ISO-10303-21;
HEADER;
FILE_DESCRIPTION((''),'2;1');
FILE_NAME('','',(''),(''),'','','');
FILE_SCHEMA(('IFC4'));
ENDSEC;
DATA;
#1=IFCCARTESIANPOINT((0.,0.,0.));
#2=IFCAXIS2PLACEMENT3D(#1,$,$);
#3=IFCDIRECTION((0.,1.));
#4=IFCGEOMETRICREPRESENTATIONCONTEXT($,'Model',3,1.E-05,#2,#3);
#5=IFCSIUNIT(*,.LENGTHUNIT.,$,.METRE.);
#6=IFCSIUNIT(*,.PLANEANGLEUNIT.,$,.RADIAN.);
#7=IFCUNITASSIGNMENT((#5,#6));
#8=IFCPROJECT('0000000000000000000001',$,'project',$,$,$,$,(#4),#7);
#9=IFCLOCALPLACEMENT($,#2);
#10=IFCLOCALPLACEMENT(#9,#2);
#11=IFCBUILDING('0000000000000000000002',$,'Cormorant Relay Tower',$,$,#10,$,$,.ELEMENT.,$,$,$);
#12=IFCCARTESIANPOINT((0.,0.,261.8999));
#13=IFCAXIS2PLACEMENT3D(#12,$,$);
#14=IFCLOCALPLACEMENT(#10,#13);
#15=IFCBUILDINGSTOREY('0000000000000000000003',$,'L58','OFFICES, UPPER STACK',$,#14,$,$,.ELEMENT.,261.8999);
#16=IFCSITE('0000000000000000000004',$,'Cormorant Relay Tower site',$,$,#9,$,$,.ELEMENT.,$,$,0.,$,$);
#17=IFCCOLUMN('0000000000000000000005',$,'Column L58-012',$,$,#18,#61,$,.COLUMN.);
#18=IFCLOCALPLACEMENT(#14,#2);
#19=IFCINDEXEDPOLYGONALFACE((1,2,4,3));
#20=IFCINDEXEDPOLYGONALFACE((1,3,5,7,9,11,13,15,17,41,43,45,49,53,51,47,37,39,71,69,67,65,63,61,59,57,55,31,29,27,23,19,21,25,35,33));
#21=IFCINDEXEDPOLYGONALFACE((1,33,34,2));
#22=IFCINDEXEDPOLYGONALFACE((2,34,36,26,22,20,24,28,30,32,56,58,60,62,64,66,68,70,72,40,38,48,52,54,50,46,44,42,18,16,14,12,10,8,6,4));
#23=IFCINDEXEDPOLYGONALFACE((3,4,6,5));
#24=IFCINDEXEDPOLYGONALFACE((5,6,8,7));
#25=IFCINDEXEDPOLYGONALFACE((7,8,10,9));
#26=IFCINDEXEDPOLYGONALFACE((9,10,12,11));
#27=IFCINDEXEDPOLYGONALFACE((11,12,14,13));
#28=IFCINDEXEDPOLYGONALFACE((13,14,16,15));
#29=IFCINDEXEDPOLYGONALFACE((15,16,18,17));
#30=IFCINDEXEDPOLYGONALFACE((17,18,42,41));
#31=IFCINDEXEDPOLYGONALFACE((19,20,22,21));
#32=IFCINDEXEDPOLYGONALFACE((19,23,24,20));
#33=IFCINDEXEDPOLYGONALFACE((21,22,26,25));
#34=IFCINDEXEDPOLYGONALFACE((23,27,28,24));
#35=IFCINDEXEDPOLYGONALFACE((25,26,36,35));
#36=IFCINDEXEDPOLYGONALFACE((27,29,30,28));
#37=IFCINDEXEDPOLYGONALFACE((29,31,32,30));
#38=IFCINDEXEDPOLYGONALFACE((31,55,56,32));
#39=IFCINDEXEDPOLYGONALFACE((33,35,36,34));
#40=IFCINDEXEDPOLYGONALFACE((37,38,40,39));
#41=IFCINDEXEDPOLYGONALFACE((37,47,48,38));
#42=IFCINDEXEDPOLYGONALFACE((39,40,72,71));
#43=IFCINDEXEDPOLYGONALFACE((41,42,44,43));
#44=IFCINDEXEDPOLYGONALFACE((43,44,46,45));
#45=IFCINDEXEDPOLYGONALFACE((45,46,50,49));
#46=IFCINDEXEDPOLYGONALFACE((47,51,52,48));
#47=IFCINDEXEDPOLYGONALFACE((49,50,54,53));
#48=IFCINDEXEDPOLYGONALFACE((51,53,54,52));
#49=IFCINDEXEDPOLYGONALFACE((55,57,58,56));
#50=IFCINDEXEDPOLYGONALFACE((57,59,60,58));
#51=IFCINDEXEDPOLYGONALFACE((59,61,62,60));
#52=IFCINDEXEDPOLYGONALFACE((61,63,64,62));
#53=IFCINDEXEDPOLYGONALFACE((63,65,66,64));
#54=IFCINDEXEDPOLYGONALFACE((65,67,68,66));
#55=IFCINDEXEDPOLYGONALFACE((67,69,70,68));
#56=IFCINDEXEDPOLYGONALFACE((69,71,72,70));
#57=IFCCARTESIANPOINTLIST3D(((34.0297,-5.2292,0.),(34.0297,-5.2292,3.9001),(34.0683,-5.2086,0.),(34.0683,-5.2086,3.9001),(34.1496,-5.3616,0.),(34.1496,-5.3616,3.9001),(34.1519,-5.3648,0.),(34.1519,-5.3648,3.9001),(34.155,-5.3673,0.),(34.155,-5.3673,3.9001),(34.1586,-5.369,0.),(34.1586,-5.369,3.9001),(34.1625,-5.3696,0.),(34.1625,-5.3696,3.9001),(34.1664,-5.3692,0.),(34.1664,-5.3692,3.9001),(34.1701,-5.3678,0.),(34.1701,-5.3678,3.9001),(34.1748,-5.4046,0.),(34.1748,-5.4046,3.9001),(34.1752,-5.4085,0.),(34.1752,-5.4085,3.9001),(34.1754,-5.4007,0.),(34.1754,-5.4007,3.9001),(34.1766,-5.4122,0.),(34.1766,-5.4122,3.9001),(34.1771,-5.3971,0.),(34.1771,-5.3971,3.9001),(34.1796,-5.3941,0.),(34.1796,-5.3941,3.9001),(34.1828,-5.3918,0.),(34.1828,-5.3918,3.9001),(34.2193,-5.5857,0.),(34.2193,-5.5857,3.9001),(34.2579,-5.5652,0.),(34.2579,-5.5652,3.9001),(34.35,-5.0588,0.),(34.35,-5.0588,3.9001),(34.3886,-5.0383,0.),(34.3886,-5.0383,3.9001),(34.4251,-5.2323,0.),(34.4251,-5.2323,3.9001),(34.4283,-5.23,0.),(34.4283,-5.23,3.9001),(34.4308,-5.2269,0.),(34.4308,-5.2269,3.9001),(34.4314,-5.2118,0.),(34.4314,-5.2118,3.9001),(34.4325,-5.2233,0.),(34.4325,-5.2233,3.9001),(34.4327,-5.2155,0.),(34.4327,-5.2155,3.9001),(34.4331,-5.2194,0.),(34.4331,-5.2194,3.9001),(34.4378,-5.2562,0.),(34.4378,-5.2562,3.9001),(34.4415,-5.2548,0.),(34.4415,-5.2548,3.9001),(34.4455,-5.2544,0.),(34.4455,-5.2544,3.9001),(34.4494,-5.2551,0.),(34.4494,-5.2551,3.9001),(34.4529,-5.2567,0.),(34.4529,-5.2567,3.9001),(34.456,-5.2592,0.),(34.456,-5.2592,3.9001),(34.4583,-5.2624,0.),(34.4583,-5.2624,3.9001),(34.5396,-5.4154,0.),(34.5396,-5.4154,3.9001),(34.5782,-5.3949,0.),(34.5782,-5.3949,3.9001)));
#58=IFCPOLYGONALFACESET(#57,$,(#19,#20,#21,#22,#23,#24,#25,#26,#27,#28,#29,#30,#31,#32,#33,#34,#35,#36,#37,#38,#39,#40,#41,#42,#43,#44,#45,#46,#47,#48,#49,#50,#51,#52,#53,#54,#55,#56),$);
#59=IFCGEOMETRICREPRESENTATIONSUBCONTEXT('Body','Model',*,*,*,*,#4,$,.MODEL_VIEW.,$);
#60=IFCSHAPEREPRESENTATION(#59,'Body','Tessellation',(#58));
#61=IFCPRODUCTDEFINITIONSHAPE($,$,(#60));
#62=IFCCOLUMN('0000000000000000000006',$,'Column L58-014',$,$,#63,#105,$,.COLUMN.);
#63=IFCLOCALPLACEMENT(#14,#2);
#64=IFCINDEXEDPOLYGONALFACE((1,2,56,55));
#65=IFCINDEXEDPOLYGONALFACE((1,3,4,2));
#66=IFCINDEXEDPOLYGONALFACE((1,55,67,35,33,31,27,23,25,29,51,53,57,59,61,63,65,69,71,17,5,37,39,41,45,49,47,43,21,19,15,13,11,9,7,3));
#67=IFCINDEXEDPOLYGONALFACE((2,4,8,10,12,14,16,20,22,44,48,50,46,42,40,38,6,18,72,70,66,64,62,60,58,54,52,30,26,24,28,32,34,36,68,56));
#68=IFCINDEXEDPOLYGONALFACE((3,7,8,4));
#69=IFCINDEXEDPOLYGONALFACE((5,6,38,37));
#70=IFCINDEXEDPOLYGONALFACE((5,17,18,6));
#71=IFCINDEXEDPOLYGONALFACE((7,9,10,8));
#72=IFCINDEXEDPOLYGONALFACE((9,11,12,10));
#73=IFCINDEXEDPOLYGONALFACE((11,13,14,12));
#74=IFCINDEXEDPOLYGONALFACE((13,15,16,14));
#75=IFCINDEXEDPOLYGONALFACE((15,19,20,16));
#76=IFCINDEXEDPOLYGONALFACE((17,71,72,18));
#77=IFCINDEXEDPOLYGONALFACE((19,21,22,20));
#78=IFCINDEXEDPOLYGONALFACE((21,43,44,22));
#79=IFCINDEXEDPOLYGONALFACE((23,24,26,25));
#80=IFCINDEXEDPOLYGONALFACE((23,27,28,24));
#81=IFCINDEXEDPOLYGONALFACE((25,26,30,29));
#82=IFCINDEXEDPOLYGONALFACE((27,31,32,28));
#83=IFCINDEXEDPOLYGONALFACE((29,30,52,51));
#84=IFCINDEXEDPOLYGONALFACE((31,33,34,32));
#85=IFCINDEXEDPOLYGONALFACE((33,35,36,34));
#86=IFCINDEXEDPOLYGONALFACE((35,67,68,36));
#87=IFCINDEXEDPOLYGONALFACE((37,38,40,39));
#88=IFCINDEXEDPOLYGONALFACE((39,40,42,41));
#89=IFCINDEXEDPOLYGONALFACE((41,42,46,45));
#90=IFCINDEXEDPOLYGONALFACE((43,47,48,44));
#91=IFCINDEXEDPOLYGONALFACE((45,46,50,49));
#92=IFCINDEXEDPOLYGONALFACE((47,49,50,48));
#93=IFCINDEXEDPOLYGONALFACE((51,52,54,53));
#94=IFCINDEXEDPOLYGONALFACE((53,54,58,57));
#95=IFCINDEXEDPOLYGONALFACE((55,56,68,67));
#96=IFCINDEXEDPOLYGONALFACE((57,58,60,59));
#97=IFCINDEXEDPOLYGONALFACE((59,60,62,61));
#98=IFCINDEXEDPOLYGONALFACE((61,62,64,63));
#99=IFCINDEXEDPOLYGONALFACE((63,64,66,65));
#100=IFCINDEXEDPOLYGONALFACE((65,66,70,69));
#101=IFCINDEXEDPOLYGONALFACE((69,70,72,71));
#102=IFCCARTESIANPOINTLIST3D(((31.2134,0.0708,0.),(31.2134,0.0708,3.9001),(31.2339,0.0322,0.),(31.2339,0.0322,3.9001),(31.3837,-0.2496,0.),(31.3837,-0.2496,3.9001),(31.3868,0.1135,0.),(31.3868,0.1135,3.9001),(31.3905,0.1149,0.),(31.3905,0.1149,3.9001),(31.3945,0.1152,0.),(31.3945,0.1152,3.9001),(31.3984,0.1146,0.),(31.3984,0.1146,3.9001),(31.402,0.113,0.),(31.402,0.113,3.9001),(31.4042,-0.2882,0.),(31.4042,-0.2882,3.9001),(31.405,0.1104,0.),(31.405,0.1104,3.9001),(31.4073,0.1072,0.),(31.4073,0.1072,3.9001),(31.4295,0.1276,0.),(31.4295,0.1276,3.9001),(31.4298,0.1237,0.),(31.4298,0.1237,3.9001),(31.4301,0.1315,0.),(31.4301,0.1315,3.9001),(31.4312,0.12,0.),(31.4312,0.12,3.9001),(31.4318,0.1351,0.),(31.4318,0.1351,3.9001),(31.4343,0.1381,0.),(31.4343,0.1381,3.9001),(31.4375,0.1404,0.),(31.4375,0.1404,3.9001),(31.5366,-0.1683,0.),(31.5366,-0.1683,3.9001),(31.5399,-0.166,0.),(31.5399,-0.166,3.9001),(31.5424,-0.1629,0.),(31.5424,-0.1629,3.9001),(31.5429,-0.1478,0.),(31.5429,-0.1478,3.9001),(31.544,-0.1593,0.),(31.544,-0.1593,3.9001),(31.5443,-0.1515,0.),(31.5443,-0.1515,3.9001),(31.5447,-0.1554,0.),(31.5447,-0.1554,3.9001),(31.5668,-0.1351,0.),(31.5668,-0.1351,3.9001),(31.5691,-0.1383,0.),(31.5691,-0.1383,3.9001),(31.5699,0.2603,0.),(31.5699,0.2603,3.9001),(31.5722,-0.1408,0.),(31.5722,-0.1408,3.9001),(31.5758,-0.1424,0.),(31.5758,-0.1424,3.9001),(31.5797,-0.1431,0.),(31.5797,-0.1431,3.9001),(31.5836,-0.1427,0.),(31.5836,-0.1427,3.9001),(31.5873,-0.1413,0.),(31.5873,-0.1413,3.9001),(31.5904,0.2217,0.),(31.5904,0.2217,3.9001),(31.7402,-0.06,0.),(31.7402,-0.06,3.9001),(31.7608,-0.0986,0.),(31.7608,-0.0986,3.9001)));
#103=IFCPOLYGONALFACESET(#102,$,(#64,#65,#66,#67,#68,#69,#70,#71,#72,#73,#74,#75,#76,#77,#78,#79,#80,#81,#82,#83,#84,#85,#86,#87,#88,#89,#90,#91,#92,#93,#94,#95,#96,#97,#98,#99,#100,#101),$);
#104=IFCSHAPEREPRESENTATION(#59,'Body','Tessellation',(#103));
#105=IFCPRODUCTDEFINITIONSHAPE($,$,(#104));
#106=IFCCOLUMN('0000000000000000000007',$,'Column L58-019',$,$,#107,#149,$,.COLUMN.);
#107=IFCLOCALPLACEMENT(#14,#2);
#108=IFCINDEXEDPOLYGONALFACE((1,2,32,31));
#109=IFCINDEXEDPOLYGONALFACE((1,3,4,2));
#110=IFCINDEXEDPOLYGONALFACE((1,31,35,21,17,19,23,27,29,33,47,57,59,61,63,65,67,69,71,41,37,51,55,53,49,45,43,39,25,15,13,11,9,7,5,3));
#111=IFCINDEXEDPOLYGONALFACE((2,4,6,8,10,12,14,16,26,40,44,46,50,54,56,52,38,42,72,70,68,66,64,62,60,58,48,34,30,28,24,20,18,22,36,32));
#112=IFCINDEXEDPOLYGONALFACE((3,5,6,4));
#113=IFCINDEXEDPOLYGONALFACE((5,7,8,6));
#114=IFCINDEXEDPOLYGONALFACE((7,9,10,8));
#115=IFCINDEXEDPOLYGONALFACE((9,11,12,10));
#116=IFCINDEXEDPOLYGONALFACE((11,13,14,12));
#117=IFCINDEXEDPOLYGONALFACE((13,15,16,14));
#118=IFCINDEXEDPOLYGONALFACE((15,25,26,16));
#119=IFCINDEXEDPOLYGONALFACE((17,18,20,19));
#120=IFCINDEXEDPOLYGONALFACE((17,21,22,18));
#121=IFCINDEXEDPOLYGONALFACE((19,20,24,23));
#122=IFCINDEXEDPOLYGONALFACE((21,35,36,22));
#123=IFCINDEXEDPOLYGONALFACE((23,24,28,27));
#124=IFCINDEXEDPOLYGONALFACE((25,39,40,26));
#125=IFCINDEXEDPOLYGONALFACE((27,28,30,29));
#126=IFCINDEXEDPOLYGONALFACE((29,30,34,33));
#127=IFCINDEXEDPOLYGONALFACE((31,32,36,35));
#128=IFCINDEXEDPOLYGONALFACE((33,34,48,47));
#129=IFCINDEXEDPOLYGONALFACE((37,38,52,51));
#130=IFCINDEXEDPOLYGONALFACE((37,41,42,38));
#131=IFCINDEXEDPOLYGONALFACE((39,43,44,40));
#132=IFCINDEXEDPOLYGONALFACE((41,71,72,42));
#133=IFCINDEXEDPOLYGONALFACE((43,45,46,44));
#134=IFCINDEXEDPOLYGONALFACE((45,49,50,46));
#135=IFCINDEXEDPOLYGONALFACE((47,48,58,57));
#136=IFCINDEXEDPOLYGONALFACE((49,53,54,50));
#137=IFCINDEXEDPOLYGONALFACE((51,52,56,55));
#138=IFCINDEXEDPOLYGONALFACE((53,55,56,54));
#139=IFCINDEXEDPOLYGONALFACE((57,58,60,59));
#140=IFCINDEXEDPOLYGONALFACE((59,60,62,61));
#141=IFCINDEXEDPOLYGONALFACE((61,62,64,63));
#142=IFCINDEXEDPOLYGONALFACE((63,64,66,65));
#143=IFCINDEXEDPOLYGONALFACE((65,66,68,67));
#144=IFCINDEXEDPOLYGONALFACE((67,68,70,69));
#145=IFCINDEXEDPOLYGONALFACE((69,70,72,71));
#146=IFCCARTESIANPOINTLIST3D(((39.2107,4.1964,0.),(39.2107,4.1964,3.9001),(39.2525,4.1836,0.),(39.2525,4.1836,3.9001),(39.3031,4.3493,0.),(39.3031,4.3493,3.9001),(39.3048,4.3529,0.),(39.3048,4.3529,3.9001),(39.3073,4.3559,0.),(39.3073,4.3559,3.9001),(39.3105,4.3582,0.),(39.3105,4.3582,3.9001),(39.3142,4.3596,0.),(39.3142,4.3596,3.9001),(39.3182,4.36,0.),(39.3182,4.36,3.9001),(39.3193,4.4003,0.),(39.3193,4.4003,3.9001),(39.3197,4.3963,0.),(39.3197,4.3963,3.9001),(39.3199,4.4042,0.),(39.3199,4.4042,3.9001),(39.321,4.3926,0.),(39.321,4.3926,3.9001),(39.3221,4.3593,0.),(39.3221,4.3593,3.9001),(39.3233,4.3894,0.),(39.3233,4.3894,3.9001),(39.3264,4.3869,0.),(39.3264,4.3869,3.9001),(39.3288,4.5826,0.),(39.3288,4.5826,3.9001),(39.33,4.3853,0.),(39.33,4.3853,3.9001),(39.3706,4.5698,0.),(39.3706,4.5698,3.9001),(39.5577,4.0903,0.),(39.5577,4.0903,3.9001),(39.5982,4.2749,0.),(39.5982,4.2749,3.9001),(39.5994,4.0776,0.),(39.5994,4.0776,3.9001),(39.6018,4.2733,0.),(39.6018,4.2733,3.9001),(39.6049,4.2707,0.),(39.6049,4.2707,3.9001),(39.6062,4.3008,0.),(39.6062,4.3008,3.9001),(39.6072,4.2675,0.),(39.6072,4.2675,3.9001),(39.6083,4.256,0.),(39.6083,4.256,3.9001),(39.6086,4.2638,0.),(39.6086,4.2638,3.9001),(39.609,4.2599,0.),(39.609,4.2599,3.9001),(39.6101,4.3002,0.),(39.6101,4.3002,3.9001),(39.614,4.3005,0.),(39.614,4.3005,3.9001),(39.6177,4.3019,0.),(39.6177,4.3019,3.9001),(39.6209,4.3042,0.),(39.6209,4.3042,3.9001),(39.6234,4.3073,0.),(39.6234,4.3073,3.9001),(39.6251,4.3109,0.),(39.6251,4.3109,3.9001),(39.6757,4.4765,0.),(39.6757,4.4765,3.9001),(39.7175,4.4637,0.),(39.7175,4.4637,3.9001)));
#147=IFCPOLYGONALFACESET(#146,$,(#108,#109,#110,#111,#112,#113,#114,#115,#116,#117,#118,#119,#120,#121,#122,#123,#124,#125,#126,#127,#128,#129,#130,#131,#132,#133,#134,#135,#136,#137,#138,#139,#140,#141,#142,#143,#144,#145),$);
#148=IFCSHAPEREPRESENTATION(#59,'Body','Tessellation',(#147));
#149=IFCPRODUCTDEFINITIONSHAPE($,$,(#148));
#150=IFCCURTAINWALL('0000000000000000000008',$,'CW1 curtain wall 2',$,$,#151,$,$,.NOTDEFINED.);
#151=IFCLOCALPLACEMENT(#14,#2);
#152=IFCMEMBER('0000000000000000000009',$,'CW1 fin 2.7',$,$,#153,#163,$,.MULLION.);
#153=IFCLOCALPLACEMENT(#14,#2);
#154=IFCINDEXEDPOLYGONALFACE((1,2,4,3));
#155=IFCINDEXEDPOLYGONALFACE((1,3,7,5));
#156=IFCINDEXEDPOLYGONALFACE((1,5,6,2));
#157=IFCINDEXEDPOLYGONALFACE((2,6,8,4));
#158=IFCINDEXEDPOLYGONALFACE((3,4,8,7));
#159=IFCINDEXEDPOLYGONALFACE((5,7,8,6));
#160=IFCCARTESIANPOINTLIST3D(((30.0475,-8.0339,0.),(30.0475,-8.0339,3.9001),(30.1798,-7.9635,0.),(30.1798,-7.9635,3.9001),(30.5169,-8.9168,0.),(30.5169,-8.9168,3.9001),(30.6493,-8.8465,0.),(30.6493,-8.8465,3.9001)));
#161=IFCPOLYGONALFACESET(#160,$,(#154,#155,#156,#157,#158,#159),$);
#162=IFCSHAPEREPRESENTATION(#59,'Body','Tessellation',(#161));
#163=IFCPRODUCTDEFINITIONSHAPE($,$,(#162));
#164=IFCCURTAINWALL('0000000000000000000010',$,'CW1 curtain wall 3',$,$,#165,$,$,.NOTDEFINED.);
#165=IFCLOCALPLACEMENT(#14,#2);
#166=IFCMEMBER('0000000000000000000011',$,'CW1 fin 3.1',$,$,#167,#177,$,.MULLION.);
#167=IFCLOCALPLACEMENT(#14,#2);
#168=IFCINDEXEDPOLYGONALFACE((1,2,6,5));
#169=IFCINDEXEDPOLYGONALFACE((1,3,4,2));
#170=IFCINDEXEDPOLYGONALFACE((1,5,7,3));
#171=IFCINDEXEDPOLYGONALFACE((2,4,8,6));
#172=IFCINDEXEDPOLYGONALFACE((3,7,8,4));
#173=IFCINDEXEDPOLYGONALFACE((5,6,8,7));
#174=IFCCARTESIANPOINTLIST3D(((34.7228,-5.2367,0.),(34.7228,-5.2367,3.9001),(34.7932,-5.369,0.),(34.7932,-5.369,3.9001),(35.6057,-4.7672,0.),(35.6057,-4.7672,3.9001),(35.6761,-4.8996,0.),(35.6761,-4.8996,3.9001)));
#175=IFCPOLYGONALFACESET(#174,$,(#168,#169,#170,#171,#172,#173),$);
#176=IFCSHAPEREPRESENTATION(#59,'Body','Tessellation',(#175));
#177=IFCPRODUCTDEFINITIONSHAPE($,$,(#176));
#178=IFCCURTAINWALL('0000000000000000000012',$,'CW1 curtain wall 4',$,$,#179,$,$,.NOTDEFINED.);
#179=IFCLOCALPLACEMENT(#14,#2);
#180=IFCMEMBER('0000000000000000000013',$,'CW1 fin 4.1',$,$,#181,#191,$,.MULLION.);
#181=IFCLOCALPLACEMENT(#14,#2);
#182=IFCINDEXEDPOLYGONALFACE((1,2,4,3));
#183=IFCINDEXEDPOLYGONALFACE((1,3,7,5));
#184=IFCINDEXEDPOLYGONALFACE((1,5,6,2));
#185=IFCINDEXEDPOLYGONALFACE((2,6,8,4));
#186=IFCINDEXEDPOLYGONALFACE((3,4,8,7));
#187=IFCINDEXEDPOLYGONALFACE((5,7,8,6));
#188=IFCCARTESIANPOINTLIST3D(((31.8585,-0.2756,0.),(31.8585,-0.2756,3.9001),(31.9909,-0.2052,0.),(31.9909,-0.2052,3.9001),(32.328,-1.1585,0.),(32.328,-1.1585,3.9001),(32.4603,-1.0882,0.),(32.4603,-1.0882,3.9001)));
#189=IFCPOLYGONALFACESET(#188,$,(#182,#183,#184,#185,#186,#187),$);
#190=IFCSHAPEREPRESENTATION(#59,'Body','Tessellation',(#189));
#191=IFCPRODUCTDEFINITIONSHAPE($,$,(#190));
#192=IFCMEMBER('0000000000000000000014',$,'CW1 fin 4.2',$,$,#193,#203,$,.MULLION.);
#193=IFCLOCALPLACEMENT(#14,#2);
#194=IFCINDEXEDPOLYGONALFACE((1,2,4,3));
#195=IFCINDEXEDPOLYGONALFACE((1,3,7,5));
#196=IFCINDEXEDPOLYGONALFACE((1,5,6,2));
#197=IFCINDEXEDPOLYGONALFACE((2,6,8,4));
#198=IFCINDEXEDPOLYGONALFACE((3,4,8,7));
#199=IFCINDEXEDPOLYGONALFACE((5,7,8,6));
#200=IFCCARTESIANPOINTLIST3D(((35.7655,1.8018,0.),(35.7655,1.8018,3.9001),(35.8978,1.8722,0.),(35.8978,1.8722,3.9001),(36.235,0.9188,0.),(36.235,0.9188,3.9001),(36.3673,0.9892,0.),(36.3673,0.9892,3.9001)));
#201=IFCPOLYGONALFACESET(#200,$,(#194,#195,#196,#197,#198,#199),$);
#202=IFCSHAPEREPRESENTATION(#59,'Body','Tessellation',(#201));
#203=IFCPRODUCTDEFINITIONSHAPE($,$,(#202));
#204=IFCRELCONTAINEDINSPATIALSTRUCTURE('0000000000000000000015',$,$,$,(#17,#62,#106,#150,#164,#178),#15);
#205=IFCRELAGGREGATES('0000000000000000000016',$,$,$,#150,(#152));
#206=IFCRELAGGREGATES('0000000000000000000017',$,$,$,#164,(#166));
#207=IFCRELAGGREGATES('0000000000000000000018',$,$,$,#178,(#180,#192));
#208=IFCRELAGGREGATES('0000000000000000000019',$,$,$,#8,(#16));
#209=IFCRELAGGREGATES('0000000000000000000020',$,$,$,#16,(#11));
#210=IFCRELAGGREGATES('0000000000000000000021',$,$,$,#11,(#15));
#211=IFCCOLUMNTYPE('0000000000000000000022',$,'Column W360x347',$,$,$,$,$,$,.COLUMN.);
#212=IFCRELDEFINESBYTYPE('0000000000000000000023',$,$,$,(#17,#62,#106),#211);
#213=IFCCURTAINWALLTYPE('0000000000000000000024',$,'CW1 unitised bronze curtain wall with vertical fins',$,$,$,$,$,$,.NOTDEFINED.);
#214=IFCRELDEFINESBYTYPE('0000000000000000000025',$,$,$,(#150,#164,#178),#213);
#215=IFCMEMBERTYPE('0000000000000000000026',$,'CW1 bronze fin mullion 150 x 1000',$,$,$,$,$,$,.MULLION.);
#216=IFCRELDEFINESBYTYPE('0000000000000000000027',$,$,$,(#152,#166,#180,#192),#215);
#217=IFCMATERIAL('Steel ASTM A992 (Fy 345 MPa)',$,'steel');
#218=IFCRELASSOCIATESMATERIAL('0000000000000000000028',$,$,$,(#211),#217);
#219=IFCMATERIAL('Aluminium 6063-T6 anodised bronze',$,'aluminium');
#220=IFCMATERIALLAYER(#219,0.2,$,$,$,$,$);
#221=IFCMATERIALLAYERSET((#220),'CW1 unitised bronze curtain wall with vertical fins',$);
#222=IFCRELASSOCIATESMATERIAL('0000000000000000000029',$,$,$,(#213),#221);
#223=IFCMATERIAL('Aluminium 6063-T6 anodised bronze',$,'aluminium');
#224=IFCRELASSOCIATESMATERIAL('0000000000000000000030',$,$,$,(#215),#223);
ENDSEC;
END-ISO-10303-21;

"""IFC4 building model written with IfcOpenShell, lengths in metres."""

from ifc_helpers import new_model, si_unit, direction, frame, origin, origin_2d, place, context, subcontext, project, spatial, rectangle, i_section, extrude, material, layer, layer_set, material_profile, profile_set, type_object, element, aggregate, save


model = new_model("IFC4")

# Units and contexts
model_context = context("Model", 3, precision=1e-05, world=origin(), true_north=direction((0.0, 1.0)))
body_context = subcontext(model_context, "Body", "Model", "MODEL_VIEW")
ifc_project = project(units=[si_unit("LENGTHUNIT", "METRE"), si_unit("PLANEANGLEUNIT", "RADIAN")], contexts=[model_context])

# Site, building, storey
site_placement = place(None, origin())
site = spatial("IfcSite", under=ifc_project, at=site_placement, Name="Cormorant Relay Tower site", CompositionType="ELEMENT", RefElevation=0.0)
building_placement = place(site_placement, origin())
building = spatial("IfcBuilding", under=site, at=building_placement, Name="Cormorant Relay Tower", CompositionType="ELEMENT")
storey_placement = place(building_placement, frame((0.0, 0.0, 261.8999)))
storey = spatial("IfcBuildingStorey", under=building, at=storey_placement, Name="L58", Description="OFFICES, UPPER STACK", CompositionType="ELEMENT", Elevation=261.8999)

# Columns
ifc_material_1 = material(Name="Steel ASTM A992 (Fy 345 MPa)", Category="steel")
ifc_material_profile_1 = material_profile(ifc_material_1, i_section(OverallWidth=0.4038, OverallDepth=0.4065, WebThickness=0.0271, FlangeThickness=0.0437, FilletRadius=0.0151, at=origin_2d()), Name="W360x347")
ifc_profile_set_1 = profile_set([ifc_material_profile_1], Name="Steel ASTM A992 (Fy 345 MPa)")
column_type = type_object("IfcColumnType", Name="Column W360x347", PredefinedType="COLUMN", material=ifc_profile_set_1)
for number, where, z_axis, x_axis, name in (
    (1, (34.304, -5.312, 0.0), (0.0, 0.0, 1.0), (-0.469472, 0.882948, 0.0), "Column L58-012"),
    (2, (31.4871, -0.0139, 0.0), (0.0, 0.0, 1.0), (0.882948, 0.469472, 0.0), "Column L58-014"),
    (3, (39.4641, 4.3301, 0.0), (0.0, 0.0, 1.0), (0.292372, 0.956305, 0.0), "Column L58-019"),
):
    element("IfcColumn", number, at=place(storey_placement, frame(where, z_axis=z_axis, x_axis=x_axis)), inside=storey, type_object=column_type, Name=name, PredefinedType="COLUMN", context=body_context, shape_type="SweptSolid", body=[
        extrude(i_section(OverallWidth=0.4038, OverallDepth=0.4065, WebThickness=0.0271, FlangeThickness=0.0437, FilletRadius=0.0151, at=origin_2d()), origin(), (0.0, 0.0, 1.0), 3.9001),
    ])

# Curtain walls, members
ifc_material_2 = material(Name="Aluminium 6063-T6 anodised bronze", Category="aluminium")
ifc_layer_1 = layer(ifc_material_2, 0.2)
ifc_layer_set_1 = layer_set([ifc_layer_1], Name="CW1 unitised bronze curtain wall with vertical fins")
curtain_wall_type = type_object("IfcCurtainWallType", Name="CW1 unitised bronze curtain wall with vertical fins", PredefinedType="NOTDEFINED", material=ifc_layer_set_1)
curtain_wall_1_placement = place(storey_placement, origin())
curtain_wall_1 = element("IfcCurtainWall", 4, at=curtain_wall_1_placement, inside=storey, type_object=curtain_wall_type, Name="CW1 curtain wall 2", PredefinedType="NOTDEFINED")
ifc_material_3 = material(Name="Aluminium 6063-T6 anodised bronze", Category="aluminium")
ifc_material_profile_2 = material_profile(ifc_material_3, rectangle(XDim=0.1499, YDim=1.0, at=origin_2d()), Name="AL 150x1000")
ifc_profile_set_2 = profile_set([ifc_material_profile_2], Name="Aluminium 6063-T6 anodised bronze")
member_type_1 = type_object("IfcMemberType", Name="CW1 bronze fin mullion 150 x 1000", PredefinedType="MULLION", material=ifc_profile_set_2)
member_1_placement = place(storey_placement, frame((30.3484, -8.4402, 0.0), z_axis=(0.0, 0.0, 1.0), x_axis=(0.882948, 0.469472, 0.0)))
member_1 = element("IfcMember", 5, at=member_1_placement, type_object=member_type_1, Name="CW1 fin 2.7", PredefinedType="MULLION", context=body_context, shape_type="SweptSolid", body=[
    extrude(rectangle(XDim=0.1499, YDim=1.0, at=origin_2d()), origin(), (0.0, 0.0, 1.0), 3.9001),
])
curtain_wall_2_placement = place(storey_placement, origin())
curtain_wall_2 = element("IfcCurtainWall", 6, at=curtain_wall_2_placement, inside=storey, type_object=curtain_wall_type, Name="CW1 curtain wall 3", PredefinedType="NOTDEFINED")
member_2_placement = place(storey_placement, frame((35.1995, -5.0681, 0.0), z_axis=(0.0, 0.0, 1.0), x_axis=(-0.469472, 0.882948, 0.0)))
member_2 = element("IfcMember", 7, at=member_2_placement, type_object=member_type_1, Name="CW1 fin 3.1", PredefinedType="MULLION", context=body_context, shape_type="SweptSolid", body=[
    extrude(rectangle(XDim=0.1499, YDim=1.0, at=origin_2d()), origin(), (0.0, 0.0, 1.0), 3.9001),
])

# Curtain wall, members
curtain_wall_3_placement = place(storey_placement, origin())
curtain_wall_3 = element("IfcCurtainWall", 8, at=curtain_wall_3_placement, inside=storey, type_object=curtain_wall_type, Name="CW1 curtain wall 4", PredefinedType="NOTDEFINED")
member_3_placement = place(storey_placement, frame((32.1594, -0.6819, 0.0), z_axis=(0.0, 0.0, 1.0), x_axis=(0.882948, 0.469472, 0.0)))
member_3 = element("IfcMember", 9, at=member_3_placement, type_object=member_type_1, Name="CW1 fin 4.1", PredefinedType="MULLION", context=body_context, shape_type="SweptSolid", body=[
    extrude(rectangle(XDim=0.1499, YDim=1.0, at=origin_2d()), origin(), (0.0, 0.0, 1.0), 3.9001),
])
member_4_placement = place(storey_placement, frame((36.0664, 1.3955, 0.0), z_axis=(0.0, 0.0, 1.0), x_axis=(0.882948, 0.469472, 0.0)))
member_4 = element("IfcMember", 10, at=member_4_placement, type_object=member_type_1, Name="CW1 fin 4.2", PredefinedType="MULLION", context=body_context, shape_type="SweptSolid", body=[
    extrude(rectangle(XDim=0.1499, YDim=1.0, at=origin_2d()), origin(), (0.0, 0.0, 1.0), 3.9001),
])

aggregate(curtain_wall_1, [member_1])
aggregate(curtain_wall_2, [member_2])
aggregate(curtain_wall_3, [member_3, member_4])

save(model, "model.ifc")
